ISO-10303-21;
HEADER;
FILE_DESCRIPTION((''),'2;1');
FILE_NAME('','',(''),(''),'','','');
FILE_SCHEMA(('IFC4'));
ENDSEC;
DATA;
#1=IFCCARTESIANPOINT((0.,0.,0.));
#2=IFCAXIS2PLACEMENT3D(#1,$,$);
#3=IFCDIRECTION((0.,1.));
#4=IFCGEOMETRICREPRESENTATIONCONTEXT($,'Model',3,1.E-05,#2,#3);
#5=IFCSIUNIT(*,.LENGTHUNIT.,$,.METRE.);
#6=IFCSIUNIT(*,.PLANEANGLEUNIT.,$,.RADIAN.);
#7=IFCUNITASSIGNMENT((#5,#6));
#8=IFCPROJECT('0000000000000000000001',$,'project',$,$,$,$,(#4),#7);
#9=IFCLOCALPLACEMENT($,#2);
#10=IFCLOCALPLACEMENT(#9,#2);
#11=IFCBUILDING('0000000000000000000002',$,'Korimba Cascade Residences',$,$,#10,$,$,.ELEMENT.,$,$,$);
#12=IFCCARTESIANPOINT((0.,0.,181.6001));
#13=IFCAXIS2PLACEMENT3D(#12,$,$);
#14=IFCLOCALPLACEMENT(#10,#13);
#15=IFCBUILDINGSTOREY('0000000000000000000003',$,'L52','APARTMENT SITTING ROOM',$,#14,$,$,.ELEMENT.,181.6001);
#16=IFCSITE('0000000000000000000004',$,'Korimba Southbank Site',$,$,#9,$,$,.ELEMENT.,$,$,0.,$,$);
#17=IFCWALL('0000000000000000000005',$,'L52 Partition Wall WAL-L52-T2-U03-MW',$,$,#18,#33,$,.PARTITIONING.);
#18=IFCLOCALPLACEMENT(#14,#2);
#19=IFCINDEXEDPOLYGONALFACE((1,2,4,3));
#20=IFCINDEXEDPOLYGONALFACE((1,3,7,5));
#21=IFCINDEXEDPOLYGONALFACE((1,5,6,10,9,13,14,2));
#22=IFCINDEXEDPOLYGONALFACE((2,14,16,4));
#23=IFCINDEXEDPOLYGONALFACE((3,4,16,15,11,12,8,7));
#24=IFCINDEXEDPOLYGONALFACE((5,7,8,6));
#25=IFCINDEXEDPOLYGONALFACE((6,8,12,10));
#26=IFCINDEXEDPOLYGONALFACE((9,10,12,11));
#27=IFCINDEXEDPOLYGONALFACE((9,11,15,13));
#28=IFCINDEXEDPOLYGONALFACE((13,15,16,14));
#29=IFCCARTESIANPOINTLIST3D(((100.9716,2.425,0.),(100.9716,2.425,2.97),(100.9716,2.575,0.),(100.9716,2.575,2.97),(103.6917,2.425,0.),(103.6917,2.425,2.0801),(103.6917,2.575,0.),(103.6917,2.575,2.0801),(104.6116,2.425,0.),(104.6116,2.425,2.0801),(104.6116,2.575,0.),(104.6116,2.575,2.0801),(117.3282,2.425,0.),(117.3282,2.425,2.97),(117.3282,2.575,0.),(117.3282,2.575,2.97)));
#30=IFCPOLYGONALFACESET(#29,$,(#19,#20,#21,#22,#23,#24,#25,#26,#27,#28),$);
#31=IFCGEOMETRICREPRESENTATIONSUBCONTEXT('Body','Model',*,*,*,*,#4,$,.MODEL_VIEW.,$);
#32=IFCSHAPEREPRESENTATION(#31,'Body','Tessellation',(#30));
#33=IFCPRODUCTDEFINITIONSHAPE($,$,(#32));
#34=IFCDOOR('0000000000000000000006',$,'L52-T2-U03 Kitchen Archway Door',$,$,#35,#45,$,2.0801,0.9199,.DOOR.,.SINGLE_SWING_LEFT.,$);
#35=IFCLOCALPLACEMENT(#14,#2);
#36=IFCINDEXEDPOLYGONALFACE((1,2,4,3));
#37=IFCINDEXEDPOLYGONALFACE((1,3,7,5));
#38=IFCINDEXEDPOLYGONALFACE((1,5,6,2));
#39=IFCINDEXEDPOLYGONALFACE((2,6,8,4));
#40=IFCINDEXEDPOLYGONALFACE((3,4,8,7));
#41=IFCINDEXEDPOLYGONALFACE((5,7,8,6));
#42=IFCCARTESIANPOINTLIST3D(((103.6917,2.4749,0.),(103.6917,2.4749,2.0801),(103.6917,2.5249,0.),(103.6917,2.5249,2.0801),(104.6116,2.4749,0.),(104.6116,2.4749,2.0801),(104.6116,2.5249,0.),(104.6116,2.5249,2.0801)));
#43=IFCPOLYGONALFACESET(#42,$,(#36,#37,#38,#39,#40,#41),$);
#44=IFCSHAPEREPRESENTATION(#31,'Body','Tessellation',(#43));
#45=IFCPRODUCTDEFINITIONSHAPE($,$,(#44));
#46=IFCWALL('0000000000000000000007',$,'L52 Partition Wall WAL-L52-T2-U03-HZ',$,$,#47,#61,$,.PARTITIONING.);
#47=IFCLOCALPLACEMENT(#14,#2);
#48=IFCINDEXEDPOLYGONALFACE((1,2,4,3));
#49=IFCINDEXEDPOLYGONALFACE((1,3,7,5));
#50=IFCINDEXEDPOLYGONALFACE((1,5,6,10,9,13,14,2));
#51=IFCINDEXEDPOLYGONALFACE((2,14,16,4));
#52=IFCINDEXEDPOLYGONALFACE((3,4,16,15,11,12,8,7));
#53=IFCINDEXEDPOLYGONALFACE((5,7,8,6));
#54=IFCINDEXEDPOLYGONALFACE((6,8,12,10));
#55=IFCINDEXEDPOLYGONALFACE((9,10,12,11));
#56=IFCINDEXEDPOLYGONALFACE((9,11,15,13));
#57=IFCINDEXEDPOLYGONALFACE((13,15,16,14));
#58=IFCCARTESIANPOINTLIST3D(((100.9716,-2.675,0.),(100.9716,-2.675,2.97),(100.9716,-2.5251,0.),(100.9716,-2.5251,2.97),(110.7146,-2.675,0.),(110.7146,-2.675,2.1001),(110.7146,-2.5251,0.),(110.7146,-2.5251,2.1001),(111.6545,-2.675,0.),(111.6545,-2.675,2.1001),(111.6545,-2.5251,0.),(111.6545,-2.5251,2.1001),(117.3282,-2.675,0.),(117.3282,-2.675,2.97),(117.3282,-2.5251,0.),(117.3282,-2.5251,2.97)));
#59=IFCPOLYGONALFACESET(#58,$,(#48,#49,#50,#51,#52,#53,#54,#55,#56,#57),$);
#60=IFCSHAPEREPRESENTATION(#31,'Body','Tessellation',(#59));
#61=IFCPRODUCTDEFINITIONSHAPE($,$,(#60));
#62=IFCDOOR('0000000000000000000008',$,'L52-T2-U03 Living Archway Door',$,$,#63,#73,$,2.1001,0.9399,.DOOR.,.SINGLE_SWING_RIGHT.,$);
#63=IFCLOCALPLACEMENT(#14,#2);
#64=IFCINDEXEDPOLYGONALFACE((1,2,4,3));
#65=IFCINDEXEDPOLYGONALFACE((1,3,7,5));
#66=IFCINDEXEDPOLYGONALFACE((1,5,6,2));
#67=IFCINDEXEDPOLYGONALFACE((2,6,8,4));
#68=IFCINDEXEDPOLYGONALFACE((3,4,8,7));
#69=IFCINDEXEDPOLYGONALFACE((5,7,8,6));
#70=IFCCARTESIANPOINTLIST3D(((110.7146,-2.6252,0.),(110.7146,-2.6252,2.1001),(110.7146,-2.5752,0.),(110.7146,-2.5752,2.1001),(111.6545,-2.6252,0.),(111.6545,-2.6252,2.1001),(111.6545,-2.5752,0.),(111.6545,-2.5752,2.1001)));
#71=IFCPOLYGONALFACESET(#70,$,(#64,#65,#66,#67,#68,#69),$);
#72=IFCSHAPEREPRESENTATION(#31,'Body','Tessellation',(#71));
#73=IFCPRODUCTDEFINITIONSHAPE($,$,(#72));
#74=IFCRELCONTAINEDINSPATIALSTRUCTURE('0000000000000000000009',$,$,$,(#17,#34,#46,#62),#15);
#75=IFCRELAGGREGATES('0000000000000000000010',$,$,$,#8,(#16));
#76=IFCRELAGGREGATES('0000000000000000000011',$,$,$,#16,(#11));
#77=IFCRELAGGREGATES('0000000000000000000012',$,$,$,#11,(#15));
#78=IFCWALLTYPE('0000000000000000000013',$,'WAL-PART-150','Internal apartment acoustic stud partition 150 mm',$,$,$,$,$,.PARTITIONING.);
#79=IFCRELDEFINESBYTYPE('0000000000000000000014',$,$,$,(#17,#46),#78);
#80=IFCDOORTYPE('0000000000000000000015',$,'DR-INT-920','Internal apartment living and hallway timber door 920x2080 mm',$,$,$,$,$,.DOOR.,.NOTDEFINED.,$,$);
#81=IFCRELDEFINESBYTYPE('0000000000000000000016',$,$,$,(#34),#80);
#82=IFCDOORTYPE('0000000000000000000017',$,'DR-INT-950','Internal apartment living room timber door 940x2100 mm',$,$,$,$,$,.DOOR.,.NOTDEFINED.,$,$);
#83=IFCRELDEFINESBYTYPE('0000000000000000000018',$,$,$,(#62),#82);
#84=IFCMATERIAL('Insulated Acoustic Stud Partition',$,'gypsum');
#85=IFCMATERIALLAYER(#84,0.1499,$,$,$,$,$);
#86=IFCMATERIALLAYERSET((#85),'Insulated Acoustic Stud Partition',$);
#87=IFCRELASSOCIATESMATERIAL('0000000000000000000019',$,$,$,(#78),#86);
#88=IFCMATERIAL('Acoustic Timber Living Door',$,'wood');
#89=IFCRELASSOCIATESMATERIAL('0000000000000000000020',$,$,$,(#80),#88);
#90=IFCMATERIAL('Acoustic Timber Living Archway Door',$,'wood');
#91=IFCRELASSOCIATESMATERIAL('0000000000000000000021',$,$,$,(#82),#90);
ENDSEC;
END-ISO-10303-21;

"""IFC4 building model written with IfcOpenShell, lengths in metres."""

from ifc_helpers import new_model, si_unit, direction, frame, frame_2d, origin, place, context, subcontext, project, spatial, rectangle, extrude, material, layer, layer_set, type_object, element, fill, save


model = new_model("IFC4")

# Units and contexts
model_context = context("Model", 3, precision=1e-05, world=origin(), true_north=direction((0.0, 1.0)))
body_context = subcontext(model_context, "Body", "Model", "MODEL_VIEW")
ifc_project = project(units=[si_unit("LENGTHUNIT", "METRE"), si_unit("PLANEANGLEUNIT", "RADIAN")], contexts=[model_context])

# Site, building, storey
site_placement = place(None, origin())
site = spatial("IfcSite", under=ifc_project, at=site_placement, Name="Korimba Southbank Site", CompositionType="ELEMENT", RefElevation=0.0)
building_placement = place(site_placement, origin())
building = spatial("IfcBuilding", under=site, at=building_placement, Name="Korimba Cascade Residences", CompositionType="ELEMENT")
storey_placement = place(building_placement, frame((0.0, 0.0, 181.6001)))
storey = spatial("IfcBuildingStorey", under=building, at=storey_placement, Name="L52", Description="APARTMENT SITTING ROOM", CompositionType="ELEMENT", Elevation=181.6001)

# Shared definitions
ifc_material_1 = material(Name="Insulated Acoustic Stud Partition", Category="gypsum")
ifc_layer = layer(ifc_material_1, 0.1499)
ifc_layer_set = layer_set([ifc_layer], Name="Insulated Acoustic Stud Partition")
wall_type = type_object("IfcWallType", Name="WAL-PART-150", Description="Internal apartment acoustic stud partition 150 mm", PredefinedType="PARTITIONING", material=ifc_layer_set)

# Walls, openings, doors
wall_1_placement = place(storey_placement, frame((100.9717, 2.5, 0.0), z_axis=(0.0, 0.0, 1.0), x_axis=(1.0, 0.0, 0.0)))
wall_1 = element("IfcWall", 1, at=wall_1_placement, inside=storey, type_object=wall_type, Name="L52 Partition Wall WAL-L52-T2-U03-MW", PredefinedType="PARTITIONING", context=body_context, shape_type="SweptSolid", body=[
    extrude(rectangle(XDim=16.3567, YDim=0.1499, at=frame_2d((8.1782, 0.0))), origin(), (0.0, 0.0, 1.0), 2.97),
])
opening_1_placement = place(wall_1_placement, frame((2.72, 0.0, 0.0)))
opening_1 = element("IfcOpeningElement", 2, at=opening_1_placement, cuts=wall_1, PredefinedType="OPENING", context=body_context, shape_type="SweptSolid", body=[
    extrude(rectangle(XDim=0.9199, YDim=2.0801, at=frame_2d((0.46, 1.04))), frame((0.0, 0.085, 0.0), z_axis=(0.0, -1.0, 0.0), x_axis=(1.0, 0.0, 0.0)), (0.0, 0.0, 1.0), 0.1699),
])
ifc_material_2 = material(Name="Acoustic Timber Living Door", Category="wood")
door_type_1 = type_object("IfcDoorType", Name="DR-INT-920", Description="Internal apartment living and hallway timber door 920x2080 mm", OperationType="NOTDEFINED", PredefinedType="DOOR", material=ifc_material_2)
door_1_placement = place(opening_1_placement, origin())
door_1 = element("IfcDoor", 3, at=door_1_placement, inside=storey, type_object=door_type_1, Name="L52-T2-U03 Kitchen Archway Door", OperationType="SINGLE_SWING_LEFT", OverallHeight=2.0801, OverallWidth=0.9199, PredefinedType="DOOR", context=body_context, shape_type="SweptSolid", body=[
    extrude(rectangle(XDim=0.9199, YDim=2.0801, at=frame_2d((0.46, 1.04))), frame((0.0, 0.0249, 0.0), z_axis=(0.0, -1.0, 0.0), x_axis=(1.0, 0.0, 0.0)), (0.0, 0.0, 1.0), 0.05),
])
fill(opening_1, door_1)
wall_2_placement = place(storey_placement, frame((100.9717, -2.6001, 0.0), z_axis=(0.0, 0.0, 1.0), x_axis=(1.0, 0.0, 0.0)))
wall_2 = element("IfcWall", 4, at=wall_2_placement, inside=storey, type_object=wall_type, Name="L52 Partition Wall WAL-L52-T2-U03-HZ", PredefinedType="PARTITIONING", context=body_context, shape_type="SweptSolid", body=[
    extrude(rectangle(XDim=16.3567, YDim=0.1499, at=frame_2d((8.1782, 0.0))), origin(), (0.0, 0.0, 1.0), 2.97),
])
opening_2_placement = place(wall_2_placement, frame((9.7429, 0.0, 0.0)))
opening_2 = element("IfcOpeningElement", 5, at=opening_2_placement, cuts=wall_2, PredefinedType="OPENING", context=body_context, shape_type="SweptSolid", body=[
    extrude(rectangle(XDim=0.9399, YDim=2.1001, at=frame_2d((0.47, 1.05))), frame((0.0, 0.085, 0.0), z_axis=(0.0, -1.0, 0.0), x_axis=(1.0, 0.0, 0.0)), (0.0, 0.0, 1.0), 0.1699),
])
ifc_material_3 = material(Name="Acoustic Timber Living Archway Door", Category="wood")
door_type_2 = type_object("IfcDoorType", Name="DR-INT-950", Description="Internal apartment living room timber door 940x2100 mm", OperationType="NOTDEFINED", PredefinedType="DOOR", material=ifc_material_3)
door_2_placement = place(opening_2_placement, origin())
door_2 = element("IfcDoor", 6, at=door_2_placement, inside=storey, type_object=door_type_2, Name="L52-T2-U03 Living Archway Door", OperationType="SINGLE_SWING_RIGHT", OverallHeight=2.1001, OverallWidth=0.9399, PredefinedType="DOOR", context=body_context, shape_type="SweptSolid", body=[
    extrude(rectangle(XDim=0.9399, YDim=2.1001, at=frame_2d((0.47, 1.05))), frame((0.0, 0.0249, 0.0), z_axis=(0.0, -1.0, 0.0), x_axis=(1.0, 0.0, 0.0)), (0.0, 0.0, 1.0), 0.05),
])
fill(opening_2, door_2)

save(model, "model.ifc")
